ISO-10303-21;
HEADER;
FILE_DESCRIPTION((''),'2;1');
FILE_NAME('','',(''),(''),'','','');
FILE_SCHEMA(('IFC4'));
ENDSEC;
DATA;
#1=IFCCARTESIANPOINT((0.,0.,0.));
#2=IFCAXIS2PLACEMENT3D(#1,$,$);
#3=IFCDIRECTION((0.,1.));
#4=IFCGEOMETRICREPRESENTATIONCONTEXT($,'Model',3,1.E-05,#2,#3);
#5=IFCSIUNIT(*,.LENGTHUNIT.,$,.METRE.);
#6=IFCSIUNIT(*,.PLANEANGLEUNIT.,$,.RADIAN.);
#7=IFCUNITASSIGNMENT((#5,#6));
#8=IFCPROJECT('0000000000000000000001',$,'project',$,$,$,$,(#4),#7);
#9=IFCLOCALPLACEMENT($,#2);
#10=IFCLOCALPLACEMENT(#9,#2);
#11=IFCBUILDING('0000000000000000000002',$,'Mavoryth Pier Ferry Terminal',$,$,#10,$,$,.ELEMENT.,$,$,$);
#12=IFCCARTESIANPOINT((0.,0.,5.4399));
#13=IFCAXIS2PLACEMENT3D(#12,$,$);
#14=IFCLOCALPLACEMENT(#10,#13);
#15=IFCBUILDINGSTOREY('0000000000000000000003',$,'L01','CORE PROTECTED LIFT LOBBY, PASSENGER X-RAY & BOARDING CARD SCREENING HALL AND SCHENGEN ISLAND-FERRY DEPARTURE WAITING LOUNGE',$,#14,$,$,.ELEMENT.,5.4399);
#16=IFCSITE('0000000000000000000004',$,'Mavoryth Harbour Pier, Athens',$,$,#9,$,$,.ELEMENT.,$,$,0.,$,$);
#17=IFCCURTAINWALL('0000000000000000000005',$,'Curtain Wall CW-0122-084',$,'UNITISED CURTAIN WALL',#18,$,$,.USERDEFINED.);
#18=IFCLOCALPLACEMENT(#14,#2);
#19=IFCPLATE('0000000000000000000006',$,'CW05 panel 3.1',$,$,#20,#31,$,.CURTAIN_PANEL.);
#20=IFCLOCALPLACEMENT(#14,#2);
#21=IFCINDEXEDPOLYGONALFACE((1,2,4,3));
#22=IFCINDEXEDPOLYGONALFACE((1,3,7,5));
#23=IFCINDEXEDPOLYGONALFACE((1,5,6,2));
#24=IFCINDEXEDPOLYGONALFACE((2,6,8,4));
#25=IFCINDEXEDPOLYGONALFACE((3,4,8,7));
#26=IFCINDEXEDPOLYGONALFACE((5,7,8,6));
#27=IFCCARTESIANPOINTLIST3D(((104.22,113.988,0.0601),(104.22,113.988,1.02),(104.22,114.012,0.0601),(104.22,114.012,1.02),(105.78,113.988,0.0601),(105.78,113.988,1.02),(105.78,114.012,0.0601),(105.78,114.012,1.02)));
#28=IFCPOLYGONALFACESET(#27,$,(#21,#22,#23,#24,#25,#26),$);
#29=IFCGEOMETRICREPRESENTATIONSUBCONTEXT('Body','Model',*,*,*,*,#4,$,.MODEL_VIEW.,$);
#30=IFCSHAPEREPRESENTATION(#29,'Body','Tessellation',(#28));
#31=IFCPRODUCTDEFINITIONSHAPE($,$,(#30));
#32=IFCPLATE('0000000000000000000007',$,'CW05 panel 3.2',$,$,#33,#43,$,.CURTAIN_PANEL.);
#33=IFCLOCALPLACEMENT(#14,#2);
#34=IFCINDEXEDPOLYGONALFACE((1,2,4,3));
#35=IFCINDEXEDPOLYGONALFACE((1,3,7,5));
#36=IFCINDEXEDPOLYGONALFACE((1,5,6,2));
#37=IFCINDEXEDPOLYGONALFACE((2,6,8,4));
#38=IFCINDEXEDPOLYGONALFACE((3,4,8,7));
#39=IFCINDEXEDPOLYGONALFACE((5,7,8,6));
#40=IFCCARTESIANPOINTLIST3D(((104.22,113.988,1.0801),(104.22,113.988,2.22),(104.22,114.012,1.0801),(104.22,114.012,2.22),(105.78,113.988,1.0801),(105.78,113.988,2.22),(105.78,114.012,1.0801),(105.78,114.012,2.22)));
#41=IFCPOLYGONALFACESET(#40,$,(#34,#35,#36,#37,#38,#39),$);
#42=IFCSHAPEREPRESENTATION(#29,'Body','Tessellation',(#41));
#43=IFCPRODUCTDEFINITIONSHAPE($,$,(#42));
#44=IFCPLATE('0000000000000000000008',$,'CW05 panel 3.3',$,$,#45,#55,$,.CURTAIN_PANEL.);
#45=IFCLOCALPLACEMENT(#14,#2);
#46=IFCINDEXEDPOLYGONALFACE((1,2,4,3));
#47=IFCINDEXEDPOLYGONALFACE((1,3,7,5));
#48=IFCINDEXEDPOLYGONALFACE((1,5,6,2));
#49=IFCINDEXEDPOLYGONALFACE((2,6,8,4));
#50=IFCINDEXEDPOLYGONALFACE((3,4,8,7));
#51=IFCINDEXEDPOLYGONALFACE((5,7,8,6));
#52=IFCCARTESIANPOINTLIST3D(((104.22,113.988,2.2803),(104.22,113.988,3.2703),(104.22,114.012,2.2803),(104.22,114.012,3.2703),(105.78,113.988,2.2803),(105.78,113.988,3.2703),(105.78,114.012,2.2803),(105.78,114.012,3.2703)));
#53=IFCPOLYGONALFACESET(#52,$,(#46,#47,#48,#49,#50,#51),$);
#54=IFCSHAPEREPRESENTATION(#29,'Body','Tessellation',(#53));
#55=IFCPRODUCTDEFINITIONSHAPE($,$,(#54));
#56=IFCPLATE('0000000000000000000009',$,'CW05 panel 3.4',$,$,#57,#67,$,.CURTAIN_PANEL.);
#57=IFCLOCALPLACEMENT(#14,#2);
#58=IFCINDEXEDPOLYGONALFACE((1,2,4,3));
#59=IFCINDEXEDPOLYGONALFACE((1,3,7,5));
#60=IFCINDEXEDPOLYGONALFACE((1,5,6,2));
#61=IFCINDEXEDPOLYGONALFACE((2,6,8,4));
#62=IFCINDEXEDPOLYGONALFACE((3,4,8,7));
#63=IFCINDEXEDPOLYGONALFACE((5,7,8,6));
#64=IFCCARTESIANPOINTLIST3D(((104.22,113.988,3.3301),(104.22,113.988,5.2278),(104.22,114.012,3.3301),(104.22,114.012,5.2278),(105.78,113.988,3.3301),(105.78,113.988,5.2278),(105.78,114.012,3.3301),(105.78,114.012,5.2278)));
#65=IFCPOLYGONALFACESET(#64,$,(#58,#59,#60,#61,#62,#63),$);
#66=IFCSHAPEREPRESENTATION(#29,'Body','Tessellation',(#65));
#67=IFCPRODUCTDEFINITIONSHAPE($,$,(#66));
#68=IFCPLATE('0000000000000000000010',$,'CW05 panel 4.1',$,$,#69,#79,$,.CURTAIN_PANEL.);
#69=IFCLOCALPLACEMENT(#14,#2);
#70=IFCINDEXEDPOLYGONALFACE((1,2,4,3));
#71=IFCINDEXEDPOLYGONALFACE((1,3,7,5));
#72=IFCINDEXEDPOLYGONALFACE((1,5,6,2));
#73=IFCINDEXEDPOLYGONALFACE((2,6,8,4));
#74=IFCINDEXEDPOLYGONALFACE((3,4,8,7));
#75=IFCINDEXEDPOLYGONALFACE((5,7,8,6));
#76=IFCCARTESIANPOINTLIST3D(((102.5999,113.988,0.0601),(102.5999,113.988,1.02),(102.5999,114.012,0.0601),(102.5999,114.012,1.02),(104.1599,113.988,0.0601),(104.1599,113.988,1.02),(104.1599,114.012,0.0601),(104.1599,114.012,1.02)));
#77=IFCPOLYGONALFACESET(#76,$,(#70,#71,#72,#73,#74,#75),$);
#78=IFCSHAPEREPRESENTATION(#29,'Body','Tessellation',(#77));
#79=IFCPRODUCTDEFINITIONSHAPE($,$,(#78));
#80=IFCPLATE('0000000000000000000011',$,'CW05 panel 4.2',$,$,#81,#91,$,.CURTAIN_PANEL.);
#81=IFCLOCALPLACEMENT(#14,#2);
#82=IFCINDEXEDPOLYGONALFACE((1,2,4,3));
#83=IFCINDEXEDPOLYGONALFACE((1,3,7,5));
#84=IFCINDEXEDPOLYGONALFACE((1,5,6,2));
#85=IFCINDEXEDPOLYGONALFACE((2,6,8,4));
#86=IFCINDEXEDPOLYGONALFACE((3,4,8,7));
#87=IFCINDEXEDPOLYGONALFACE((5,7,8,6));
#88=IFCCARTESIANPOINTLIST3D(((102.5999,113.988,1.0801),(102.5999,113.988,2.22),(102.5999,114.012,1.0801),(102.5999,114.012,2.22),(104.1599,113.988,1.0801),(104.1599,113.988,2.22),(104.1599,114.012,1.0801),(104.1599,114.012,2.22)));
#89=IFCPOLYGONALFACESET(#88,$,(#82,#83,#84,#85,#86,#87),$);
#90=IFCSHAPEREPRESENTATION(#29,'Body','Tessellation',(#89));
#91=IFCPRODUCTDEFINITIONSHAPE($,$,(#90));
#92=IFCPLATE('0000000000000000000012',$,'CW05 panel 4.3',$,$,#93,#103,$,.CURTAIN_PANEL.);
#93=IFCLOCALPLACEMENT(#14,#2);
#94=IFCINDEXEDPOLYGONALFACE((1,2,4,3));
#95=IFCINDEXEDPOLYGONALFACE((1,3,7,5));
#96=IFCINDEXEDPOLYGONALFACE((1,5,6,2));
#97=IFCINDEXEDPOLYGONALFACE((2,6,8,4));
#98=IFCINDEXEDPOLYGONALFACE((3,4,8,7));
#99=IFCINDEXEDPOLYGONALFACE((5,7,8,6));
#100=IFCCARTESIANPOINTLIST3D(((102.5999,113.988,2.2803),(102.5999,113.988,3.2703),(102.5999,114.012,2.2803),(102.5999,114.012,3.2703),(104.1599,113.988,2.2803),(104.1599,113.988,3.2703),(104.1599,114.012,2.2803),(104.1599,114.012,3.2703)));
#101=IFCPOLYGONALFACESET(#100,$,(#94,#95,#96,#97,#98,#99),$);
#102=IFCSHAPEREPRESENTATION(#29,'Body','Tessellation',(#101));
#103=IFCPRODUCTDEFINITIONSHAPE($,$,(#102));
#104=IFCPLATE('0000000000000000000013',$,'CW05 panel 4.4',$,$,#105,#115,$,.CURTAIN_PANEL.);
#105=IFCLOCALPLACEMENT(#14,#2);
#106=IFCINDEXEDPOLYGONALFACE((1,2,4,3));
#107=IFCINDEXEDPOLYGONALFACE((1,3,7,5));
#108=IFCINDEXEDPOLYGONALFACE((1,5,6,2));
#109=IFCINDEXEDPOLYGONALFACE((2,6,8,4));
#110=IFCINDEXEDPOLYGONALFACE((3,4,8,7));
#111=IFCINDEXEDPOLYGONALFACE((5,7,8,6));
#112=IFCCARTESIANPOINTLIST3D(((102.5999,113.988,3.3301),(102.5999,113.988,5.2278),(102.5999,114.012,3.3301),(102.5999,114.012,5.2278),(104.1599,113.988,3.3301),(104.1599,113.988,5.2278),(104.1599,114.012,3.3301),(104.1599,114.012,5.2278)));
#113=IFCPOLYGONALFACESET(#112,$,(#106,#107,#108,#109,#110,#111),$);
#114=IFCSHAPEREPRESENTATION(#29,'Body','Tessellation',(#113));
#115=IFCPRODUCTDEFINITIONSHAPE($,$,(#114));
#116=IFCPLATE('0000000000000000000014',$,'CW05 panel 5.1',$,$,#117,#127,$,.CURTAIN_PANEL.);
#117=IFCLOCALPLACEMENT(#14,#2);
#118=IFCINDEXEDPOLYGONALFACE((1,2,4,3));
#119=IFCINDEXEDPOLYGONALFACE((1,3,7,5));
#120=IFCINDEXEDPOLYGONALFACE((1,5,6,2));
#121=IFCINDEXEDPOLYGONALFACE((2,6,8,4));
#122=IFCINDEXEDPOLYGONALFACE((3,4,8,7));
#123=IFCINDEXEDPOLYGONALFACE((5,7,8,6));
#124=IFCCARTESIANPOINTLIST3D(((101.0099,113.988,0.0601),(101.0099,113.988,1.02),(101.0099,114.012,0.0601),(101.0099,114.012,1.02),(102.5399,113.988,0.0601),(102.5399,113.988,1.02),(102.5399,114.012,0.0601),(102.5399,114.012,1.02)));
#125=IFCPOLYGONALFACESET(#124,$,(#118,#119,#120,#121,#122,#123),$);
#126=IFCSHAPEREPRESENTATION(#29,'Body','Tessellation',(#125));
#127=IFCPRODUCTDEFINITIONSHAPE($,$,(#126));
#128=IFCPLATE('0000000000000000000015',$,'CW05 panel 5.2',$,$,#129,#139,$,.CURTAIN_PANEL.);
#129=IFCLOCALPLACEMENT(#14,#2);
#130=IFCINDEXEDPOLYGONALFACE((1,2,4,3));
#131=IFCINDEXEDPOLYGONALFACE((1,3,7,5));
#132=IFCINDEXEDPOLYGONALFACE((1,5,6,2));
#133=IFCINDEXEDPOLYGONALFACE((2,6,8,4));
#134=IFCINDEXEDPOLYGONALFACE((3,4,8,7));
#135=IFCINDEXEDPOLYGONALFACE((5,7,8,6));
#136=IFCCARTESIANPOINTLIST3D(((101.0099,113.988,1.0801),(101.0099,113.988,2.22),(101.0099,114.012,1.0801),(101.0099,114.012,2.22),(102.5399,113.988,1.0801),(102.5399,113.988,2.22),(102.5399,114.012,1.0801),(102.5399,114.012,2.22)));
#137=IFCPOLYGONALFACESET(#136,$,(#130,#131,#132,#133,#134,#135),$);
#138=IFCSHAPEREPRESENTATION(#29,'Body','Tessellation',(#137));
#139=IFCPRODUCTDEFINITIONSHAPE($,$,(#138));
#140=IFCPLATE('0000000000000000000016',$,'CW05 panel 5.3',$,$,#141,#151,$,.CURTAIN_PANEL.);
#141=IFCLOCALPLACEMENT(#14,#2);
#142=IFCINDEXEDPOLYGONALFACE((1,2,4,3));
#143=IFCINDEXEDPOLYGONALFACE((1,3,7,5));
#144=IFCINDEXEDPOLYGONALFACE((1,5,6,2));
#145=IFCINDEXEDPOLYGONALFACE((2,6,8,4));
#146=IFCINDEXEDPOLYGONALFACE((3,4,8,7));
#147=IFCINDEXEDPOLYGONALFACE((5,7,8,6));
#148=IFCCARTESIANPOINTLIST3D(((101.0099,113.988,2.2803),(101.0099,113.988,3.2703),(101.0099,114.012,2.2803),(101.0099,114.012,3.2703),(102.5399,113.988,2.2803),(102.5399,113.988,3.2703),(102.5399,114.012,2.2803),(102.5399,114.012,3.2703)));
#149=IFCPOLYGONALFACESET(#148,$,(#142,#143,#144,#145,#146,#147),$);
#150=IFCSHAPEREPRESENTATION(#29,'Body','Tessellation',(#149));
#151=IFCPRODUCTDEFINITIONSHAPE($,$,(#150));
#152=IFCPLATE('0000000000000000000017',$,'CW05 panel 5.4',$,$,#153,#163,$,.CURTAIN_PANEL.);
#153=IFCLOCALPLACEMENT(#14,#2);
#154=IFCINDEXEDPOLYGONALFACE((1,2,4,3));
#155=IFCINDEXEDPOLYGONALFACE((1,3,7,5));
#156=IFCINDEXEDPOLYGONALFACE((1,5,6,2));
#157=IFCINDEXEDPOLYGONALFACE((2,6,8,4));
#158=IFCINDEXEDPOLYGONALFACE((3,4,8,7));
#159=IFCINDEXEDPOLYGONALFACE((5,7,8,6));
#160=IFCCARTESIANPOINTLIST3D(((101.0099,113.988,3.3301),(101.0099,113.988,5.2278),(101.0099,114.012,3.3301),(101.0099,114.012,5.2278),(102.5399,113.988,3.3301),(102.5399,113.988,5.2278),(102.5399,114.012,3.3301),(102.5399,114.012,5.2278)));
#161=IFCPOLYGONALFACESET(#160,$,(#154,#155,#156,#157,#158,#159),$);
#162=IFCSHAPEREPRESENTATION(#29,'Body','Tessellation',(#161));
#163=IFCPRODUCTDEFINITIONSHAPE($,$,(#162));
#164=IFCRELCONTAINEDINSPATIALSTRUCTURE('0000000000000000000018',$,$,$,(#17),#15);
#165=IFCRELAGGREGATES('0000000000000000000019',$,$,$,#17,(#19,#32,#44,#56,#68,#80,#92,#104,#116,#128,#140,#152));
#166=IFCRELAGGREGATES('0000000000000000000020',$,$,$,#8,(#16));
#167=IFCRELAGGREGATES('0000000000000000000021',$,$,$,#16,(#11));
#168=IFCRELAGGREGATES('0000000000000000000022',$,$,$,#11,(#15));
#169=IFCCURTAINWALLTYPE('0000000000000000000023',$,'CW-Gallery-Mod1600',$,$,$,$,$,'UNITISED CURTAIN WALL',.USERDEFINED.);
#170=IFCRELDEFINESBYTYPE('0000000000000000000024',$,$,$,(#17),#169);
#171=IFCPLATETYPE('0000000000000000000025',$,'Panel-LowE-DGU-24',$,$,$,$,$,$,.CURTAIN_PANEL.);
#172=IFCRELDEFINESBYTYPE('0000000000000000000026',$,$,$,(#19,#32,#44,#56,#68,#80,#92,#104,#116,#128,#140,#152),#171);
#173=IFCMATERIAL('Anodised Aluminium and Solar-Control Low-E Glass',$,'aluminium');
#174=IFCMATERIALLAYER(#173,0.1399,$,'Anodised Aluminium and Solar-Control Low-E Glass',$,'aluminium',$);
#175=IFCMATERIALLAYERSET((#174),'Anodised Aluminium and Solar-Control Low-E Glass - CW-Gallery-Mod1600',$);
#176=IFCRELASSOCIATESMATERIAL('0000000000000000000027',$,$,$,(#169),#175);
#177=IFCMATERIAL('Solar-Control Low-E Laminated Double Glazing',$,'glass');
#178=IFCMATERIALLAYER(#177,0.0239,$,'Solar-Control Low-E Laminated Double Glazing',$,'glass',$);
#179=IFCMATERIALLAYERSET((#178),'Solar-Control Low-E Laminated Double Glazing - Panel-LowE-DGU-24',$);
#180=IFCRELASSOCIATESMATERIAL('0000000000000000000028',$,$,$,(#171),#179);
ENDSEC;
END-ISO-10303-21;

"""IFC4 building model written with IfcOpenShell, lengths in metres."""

from ifc_helpers import new_model, si_unit, direction, frame, origin, origin_2d, place, context, subcontext, project, spatial, rectangle, extrude, material, layer, layer_set, type_object, element, aggregate, save


model = new_model("IFC4")

# Units and contexts
model_context = context("Model", 3, precision=1e-05, world=origin(), true_north=direction((0.0, 1.0)))
body_context = subcontext(model_context, "Body", "Model", "MODEL_VIEW")
ifc_project = project(units=[si_unit("LENGTHUNIT", "METRE"), si_unit("PLANEANGLEUNIT", "RADIAN")], contexts=[model_context])

# Site, building, storey
site_placement = place(None, origin())
site = spatial("IfcSite", under=ifc_project, at=site_placement, Name="Mavoryth Harbour Pier, Athens", CompositionType="ELEMENT", RefElevation=0.0)
building_placement = place(site_placement, origin())
building = spatial("IfcBuilding", under=site, at=building_placement, Name="Mavoryth Pier Ferry Terminal", CompositionType="ELEMENT")
storey_placement = place(building_placement, frame((0.0, 0.0, 5.4399)))
storey = spatial("IfcBuildingStorey", under=building, at=storey_placement, Name="L01", Description="CORE PROTECTED LIFT LOBBY, PASSENGER X-RAY & BOARDING CARD SCREENING HALL AND SCHENGEN ISLAND-FERRY DEPARTURE WAITING LOUNGE", CompositionType="ELEMENT", Elevation=5.4399)

# Curtain wall
ifc_material_1 = material(Name="Anodised Aluminium and Solar-Control Low-E Glass", Category="aluminium")
ifc_layer_1 = layer(ifc_material_1, 0.1399, Name="Anodised Aluminium and Solar-Control Low-E Glass", Category="aluminium")
ifc_layer_set_1 = layer_set([ifc_layer_1], Name="Anodised Aluminium and Solar-Control Low-E Glass - CW-Gallery-Mod1600")
curtain_wall_type = type_object("IfcCurtainWallType", Name="CW-Gallery-Mod1600", ElementType="UNITISED CURTAIN WALL", PredefinedType="USERDEFINED", material=ifc_layer_set_1)
curtain_wall_placement = place(storey_placement, origin())
curtain_wall = element("IfcCurtainWall", 1, at=curtain_wall_placement, inside=storey, type_object=curtain_wall_type, Name="Curtain Wall CW-0122-084", ObjectType="UNITISED CURTAIN WALL", PredefinedType="USERDEFINED")

# Plates
ifc_material_2 = material(Name="Solar-Control Low-E Laminated Double Glazing", Category="glass")
ifc_layer_2 = layer(ifc_material_2, 0.0239, Name="Solar-Control Low-E Laminated Double Glazing", Category="glass")
ifc_layer_set_2 = layer_set([ifc_layer_2], Name="Solar-Control Low-E Laminated Double Glazing - Panel-LowE-DGU-24")
plate_type = type_object("IfcPlateType", Name="Panel-LowE-DGU-24", PredefinedType="CURTAIN_PANEL", material=ifc_layer_set_2)
plate_1_placement = place(storey_placement, frame((105.0, 114.0, 0.0601), z_axis=(0.0, 0.0, 1.0), x_axis=(-1.0, 0.0, 0.0)))
plate_1 = element("IfcPlate", 2, at=plate_1_placement, type_object=plate_type, Name="CW05 panel 3.1", PredefinedType="CURTAIN_PANEL", context=body_context, shape_type="SweptSolid", body=[
    extrude(rectangle(XDim=1.5601, YDim=0.0239, at=origin_2d()), origin(), (0.0, 0.0, 1.0), 0.96),
])
plate_2_placement = place(storey_placement, frame((105.0, 114.0, 1.0801), z_axis=(0.0, 0.0, 1.0), x_axis=(-1.0, 0.0, 0.0)))
plate_2 = element("IfcPlate", 3, at=plate_2_placement, type_object=plate_type, Name="CW05 panel 3.2", PredefinedType="CURTAIN_PANEL", context=body_context, shape_type="SweptSolid", body=[
    extrude(rectangle(XDim=1.5601, YDim=0.0239, at=origin_2d()), origin(), (0.0, 0.0, 1.0), 1.1399),
])
plate_3_placement = place(storey_placement, frame((105.0, 114.0, 2.2803), z_axis=(0.0, 0.0, 1.0), x_axis=(-1.0, 0.0, 0.0)))
plate_3 = element("IfcPlate", 4, at=plate_3_placement, type_object=plate_type, Name="CW05 panel 3.3", PredefinedType="CURTAIN_PANEL", context=body_context, shape_type="SweptSolid", body=[
    extrude(rectangle(XDim=1.5601, YDim=0.0239, at=origin_2d()), origin(), (0.0, 0.0, 1.0), 0.99),
])
plate_4_placement = place(storey_placement, frame((105.0, 114.0, 3.3301), z_axis=(0.0, 0.0, 1.0), x_axis=(-1.0, 0.0, 0.0)))
plate_4 = element("IfcPlate", 5, at=plate_4_placement, type_object=plate_type, Name="CW05 panel 3.4", PredefinedType="CURTAIN_PANEL", context=body_context, shape_type="SweptSolid", body=[
    extrude(rectangle(XDim=1.5601, YDim=0.0239, at=origin_2d()), origin(), (0.0, 0.0, 1.0), 1.8977),
])
plate_5_placement = place(storey_placement, frame((103.3799, 114.0, 0.0601), z_axis=(0.0, 0.0, 1.0), x_axis=(-1.0, 0.0, 0.0)))
plate_5 = element("IfcPlate", 6, at=plate_5_placement, type_object=plate_type, Name="CW05 panel 4.1", PredefinedType="CURTAIN_PANEL", context=body_context, shape_type="SweptSolid", body=[
    extrude(rectangle(XDim=1.5601, YDim=0.0239, at=origin_2d()), origin(), (0.0, 0.0, 1.0), 0.96),
])
plate_6_placement = place(storey_placement, frame((103.3799, 114.0, 1.0801), z_axis=(0.0, 0.0, 1.0), x_axis=(-1.0, 0.0, 0.0)))
plate_6 = element("IfcPlate", 7, at=plate_6_placement, type_object=plate_type, Name="CW05 panel 4.2", PredefinedType="CURTAIN_PANEL", context=body_context, shape_type="SweptSolid", body=[
    extrude(rectangle(XDim=1.5601, YDim=0.0239, at=origin_2d()), origin(), (0.0, 0.0, 1.0), 1.1399),
])
plate_7_placement = place(storey_placement, frame((103.3799, 114.0, 2.2803), z_axis=(0.0, 0.0, 1.0), x_axis=(-1.0, 0.0, 0.0)))
plate_7 = element("IfcPlate", 8, at=plate_7_placement, type_object=plate_type, Name="CW05 panel 4.3", PredefinedType="CURTAIN_PANEL", context=body_context, shape_type="SweptSolid", body=[
    extrude(rectangle(XDim=1.5601, YDim=0.0239, at=origin_2d()), origin(), (0.0, 0.0, 1.0), 0.99),
])
plate_8_placement = place(storey_placement, frame((103.3799, 114.0, 3.3301), z_axis=(0.0, 0.0, 1.0), x_axis=(-1.0, 0.0, 0.0)))
plate_8 = element("IfcPlate", 9, at=plate_8_placement, type_object=plate_type, Name="CW05 panel 4.4", PredefinedType="CURTAIN_PANEL", context=body_context, shape_type="SweptSolid", body=[
    extrude(rectangle(XDim=1.5601, YDim=0.0239, at=origin_2d()), origin(), (0.0, 0.0, 1.0), 1.8977),
])
plate_9_placement = place(storey_placement, frame((101.7749, 114.0, 0.0601), z_axis=(0.0, 0.0, 1.0), x_axis=(-1.0, 0.0, 0.0)))
plate_9 = element("IfcPlate", 10, at=plate_9_placement, type_object=plate_type, Name="CW05 panel 5.1", PredefinedType="CURTAIN_PANEL", context=body_context, shape_type="SweptSolid", body=[
    extrude(rectangle(XDim=1.53, YDim=0.0239, at=origin_2d()), origin(), (0.0, 0.0, 1.0), 0.96),
])
plate_10_placement = place(storey_placement, frame((101.7749, 114.0, 1.0801), z_axis=(0.0, 0.0, 1.0), x_axis=(-1.0, 0.0, 0.0)))
plate_10 = element("IfcPlate", 11, at=plate_10_placement, type_object=plate_type, Name="CW05 panel 5.2", PredefinedType="CURTAIN_PANEL", context=body_context, shape_type="SweptSolid", body=[
    extrude(rectangle(XDim=1.53, YDim=0.0239, at=origin_2d()), origin(), (0.0, 0.0, 1.0), 1.1399),
])
plate_11_placement = place(storey_placement, frame((101.7749, 114.0, 2.2803), z_axis=(0.0, 0.0, 1.0), x_axis=(-1.0, 0.0, 0.0)))
plate_11 = element("IfcPlate", 12, at=plate_11_placement, type_object=plate_type, Name="CW05 panel 5.3", PredefinedType="CURTAIN_PANEL", context=body_context, shape_type="SweptSolid", body=[
    extrude(rectangle(XDim=1.53, YDim=0.0239, at=origin_2d()), origin(), (0.0, 0.0, 1.0), 0.99),
])
plate_12_placement = place(storey_placement, frame((101.7749, 114.0, 3.3301), z_axis=(0.0, 0.0, 1.0), x_axis=(-1.0, 0.0, 0.0)))
plate_12 = element("IfcPlate", 13, at=plate_12_placement, type_object=plate_type, Name="CW05 panel 5.4", PredefinedType="CURTAIN_PANEL", context=body_context, shape_type="SweptSolid", body=[
    extrude(rectangle(XDim=1.53, YDim=0.0239, at=origin_2d()), origin(), (0.0, 0.0, 1.0), 1.8977),
])
aggregate(curtain_wall, [plate_1, plate_2, plate_3, plate_4, plate_5, plate_6, plate_7, plate_8, plate_9, plate_10, plate_11, plate_12])

save(model, "model.ifc")
